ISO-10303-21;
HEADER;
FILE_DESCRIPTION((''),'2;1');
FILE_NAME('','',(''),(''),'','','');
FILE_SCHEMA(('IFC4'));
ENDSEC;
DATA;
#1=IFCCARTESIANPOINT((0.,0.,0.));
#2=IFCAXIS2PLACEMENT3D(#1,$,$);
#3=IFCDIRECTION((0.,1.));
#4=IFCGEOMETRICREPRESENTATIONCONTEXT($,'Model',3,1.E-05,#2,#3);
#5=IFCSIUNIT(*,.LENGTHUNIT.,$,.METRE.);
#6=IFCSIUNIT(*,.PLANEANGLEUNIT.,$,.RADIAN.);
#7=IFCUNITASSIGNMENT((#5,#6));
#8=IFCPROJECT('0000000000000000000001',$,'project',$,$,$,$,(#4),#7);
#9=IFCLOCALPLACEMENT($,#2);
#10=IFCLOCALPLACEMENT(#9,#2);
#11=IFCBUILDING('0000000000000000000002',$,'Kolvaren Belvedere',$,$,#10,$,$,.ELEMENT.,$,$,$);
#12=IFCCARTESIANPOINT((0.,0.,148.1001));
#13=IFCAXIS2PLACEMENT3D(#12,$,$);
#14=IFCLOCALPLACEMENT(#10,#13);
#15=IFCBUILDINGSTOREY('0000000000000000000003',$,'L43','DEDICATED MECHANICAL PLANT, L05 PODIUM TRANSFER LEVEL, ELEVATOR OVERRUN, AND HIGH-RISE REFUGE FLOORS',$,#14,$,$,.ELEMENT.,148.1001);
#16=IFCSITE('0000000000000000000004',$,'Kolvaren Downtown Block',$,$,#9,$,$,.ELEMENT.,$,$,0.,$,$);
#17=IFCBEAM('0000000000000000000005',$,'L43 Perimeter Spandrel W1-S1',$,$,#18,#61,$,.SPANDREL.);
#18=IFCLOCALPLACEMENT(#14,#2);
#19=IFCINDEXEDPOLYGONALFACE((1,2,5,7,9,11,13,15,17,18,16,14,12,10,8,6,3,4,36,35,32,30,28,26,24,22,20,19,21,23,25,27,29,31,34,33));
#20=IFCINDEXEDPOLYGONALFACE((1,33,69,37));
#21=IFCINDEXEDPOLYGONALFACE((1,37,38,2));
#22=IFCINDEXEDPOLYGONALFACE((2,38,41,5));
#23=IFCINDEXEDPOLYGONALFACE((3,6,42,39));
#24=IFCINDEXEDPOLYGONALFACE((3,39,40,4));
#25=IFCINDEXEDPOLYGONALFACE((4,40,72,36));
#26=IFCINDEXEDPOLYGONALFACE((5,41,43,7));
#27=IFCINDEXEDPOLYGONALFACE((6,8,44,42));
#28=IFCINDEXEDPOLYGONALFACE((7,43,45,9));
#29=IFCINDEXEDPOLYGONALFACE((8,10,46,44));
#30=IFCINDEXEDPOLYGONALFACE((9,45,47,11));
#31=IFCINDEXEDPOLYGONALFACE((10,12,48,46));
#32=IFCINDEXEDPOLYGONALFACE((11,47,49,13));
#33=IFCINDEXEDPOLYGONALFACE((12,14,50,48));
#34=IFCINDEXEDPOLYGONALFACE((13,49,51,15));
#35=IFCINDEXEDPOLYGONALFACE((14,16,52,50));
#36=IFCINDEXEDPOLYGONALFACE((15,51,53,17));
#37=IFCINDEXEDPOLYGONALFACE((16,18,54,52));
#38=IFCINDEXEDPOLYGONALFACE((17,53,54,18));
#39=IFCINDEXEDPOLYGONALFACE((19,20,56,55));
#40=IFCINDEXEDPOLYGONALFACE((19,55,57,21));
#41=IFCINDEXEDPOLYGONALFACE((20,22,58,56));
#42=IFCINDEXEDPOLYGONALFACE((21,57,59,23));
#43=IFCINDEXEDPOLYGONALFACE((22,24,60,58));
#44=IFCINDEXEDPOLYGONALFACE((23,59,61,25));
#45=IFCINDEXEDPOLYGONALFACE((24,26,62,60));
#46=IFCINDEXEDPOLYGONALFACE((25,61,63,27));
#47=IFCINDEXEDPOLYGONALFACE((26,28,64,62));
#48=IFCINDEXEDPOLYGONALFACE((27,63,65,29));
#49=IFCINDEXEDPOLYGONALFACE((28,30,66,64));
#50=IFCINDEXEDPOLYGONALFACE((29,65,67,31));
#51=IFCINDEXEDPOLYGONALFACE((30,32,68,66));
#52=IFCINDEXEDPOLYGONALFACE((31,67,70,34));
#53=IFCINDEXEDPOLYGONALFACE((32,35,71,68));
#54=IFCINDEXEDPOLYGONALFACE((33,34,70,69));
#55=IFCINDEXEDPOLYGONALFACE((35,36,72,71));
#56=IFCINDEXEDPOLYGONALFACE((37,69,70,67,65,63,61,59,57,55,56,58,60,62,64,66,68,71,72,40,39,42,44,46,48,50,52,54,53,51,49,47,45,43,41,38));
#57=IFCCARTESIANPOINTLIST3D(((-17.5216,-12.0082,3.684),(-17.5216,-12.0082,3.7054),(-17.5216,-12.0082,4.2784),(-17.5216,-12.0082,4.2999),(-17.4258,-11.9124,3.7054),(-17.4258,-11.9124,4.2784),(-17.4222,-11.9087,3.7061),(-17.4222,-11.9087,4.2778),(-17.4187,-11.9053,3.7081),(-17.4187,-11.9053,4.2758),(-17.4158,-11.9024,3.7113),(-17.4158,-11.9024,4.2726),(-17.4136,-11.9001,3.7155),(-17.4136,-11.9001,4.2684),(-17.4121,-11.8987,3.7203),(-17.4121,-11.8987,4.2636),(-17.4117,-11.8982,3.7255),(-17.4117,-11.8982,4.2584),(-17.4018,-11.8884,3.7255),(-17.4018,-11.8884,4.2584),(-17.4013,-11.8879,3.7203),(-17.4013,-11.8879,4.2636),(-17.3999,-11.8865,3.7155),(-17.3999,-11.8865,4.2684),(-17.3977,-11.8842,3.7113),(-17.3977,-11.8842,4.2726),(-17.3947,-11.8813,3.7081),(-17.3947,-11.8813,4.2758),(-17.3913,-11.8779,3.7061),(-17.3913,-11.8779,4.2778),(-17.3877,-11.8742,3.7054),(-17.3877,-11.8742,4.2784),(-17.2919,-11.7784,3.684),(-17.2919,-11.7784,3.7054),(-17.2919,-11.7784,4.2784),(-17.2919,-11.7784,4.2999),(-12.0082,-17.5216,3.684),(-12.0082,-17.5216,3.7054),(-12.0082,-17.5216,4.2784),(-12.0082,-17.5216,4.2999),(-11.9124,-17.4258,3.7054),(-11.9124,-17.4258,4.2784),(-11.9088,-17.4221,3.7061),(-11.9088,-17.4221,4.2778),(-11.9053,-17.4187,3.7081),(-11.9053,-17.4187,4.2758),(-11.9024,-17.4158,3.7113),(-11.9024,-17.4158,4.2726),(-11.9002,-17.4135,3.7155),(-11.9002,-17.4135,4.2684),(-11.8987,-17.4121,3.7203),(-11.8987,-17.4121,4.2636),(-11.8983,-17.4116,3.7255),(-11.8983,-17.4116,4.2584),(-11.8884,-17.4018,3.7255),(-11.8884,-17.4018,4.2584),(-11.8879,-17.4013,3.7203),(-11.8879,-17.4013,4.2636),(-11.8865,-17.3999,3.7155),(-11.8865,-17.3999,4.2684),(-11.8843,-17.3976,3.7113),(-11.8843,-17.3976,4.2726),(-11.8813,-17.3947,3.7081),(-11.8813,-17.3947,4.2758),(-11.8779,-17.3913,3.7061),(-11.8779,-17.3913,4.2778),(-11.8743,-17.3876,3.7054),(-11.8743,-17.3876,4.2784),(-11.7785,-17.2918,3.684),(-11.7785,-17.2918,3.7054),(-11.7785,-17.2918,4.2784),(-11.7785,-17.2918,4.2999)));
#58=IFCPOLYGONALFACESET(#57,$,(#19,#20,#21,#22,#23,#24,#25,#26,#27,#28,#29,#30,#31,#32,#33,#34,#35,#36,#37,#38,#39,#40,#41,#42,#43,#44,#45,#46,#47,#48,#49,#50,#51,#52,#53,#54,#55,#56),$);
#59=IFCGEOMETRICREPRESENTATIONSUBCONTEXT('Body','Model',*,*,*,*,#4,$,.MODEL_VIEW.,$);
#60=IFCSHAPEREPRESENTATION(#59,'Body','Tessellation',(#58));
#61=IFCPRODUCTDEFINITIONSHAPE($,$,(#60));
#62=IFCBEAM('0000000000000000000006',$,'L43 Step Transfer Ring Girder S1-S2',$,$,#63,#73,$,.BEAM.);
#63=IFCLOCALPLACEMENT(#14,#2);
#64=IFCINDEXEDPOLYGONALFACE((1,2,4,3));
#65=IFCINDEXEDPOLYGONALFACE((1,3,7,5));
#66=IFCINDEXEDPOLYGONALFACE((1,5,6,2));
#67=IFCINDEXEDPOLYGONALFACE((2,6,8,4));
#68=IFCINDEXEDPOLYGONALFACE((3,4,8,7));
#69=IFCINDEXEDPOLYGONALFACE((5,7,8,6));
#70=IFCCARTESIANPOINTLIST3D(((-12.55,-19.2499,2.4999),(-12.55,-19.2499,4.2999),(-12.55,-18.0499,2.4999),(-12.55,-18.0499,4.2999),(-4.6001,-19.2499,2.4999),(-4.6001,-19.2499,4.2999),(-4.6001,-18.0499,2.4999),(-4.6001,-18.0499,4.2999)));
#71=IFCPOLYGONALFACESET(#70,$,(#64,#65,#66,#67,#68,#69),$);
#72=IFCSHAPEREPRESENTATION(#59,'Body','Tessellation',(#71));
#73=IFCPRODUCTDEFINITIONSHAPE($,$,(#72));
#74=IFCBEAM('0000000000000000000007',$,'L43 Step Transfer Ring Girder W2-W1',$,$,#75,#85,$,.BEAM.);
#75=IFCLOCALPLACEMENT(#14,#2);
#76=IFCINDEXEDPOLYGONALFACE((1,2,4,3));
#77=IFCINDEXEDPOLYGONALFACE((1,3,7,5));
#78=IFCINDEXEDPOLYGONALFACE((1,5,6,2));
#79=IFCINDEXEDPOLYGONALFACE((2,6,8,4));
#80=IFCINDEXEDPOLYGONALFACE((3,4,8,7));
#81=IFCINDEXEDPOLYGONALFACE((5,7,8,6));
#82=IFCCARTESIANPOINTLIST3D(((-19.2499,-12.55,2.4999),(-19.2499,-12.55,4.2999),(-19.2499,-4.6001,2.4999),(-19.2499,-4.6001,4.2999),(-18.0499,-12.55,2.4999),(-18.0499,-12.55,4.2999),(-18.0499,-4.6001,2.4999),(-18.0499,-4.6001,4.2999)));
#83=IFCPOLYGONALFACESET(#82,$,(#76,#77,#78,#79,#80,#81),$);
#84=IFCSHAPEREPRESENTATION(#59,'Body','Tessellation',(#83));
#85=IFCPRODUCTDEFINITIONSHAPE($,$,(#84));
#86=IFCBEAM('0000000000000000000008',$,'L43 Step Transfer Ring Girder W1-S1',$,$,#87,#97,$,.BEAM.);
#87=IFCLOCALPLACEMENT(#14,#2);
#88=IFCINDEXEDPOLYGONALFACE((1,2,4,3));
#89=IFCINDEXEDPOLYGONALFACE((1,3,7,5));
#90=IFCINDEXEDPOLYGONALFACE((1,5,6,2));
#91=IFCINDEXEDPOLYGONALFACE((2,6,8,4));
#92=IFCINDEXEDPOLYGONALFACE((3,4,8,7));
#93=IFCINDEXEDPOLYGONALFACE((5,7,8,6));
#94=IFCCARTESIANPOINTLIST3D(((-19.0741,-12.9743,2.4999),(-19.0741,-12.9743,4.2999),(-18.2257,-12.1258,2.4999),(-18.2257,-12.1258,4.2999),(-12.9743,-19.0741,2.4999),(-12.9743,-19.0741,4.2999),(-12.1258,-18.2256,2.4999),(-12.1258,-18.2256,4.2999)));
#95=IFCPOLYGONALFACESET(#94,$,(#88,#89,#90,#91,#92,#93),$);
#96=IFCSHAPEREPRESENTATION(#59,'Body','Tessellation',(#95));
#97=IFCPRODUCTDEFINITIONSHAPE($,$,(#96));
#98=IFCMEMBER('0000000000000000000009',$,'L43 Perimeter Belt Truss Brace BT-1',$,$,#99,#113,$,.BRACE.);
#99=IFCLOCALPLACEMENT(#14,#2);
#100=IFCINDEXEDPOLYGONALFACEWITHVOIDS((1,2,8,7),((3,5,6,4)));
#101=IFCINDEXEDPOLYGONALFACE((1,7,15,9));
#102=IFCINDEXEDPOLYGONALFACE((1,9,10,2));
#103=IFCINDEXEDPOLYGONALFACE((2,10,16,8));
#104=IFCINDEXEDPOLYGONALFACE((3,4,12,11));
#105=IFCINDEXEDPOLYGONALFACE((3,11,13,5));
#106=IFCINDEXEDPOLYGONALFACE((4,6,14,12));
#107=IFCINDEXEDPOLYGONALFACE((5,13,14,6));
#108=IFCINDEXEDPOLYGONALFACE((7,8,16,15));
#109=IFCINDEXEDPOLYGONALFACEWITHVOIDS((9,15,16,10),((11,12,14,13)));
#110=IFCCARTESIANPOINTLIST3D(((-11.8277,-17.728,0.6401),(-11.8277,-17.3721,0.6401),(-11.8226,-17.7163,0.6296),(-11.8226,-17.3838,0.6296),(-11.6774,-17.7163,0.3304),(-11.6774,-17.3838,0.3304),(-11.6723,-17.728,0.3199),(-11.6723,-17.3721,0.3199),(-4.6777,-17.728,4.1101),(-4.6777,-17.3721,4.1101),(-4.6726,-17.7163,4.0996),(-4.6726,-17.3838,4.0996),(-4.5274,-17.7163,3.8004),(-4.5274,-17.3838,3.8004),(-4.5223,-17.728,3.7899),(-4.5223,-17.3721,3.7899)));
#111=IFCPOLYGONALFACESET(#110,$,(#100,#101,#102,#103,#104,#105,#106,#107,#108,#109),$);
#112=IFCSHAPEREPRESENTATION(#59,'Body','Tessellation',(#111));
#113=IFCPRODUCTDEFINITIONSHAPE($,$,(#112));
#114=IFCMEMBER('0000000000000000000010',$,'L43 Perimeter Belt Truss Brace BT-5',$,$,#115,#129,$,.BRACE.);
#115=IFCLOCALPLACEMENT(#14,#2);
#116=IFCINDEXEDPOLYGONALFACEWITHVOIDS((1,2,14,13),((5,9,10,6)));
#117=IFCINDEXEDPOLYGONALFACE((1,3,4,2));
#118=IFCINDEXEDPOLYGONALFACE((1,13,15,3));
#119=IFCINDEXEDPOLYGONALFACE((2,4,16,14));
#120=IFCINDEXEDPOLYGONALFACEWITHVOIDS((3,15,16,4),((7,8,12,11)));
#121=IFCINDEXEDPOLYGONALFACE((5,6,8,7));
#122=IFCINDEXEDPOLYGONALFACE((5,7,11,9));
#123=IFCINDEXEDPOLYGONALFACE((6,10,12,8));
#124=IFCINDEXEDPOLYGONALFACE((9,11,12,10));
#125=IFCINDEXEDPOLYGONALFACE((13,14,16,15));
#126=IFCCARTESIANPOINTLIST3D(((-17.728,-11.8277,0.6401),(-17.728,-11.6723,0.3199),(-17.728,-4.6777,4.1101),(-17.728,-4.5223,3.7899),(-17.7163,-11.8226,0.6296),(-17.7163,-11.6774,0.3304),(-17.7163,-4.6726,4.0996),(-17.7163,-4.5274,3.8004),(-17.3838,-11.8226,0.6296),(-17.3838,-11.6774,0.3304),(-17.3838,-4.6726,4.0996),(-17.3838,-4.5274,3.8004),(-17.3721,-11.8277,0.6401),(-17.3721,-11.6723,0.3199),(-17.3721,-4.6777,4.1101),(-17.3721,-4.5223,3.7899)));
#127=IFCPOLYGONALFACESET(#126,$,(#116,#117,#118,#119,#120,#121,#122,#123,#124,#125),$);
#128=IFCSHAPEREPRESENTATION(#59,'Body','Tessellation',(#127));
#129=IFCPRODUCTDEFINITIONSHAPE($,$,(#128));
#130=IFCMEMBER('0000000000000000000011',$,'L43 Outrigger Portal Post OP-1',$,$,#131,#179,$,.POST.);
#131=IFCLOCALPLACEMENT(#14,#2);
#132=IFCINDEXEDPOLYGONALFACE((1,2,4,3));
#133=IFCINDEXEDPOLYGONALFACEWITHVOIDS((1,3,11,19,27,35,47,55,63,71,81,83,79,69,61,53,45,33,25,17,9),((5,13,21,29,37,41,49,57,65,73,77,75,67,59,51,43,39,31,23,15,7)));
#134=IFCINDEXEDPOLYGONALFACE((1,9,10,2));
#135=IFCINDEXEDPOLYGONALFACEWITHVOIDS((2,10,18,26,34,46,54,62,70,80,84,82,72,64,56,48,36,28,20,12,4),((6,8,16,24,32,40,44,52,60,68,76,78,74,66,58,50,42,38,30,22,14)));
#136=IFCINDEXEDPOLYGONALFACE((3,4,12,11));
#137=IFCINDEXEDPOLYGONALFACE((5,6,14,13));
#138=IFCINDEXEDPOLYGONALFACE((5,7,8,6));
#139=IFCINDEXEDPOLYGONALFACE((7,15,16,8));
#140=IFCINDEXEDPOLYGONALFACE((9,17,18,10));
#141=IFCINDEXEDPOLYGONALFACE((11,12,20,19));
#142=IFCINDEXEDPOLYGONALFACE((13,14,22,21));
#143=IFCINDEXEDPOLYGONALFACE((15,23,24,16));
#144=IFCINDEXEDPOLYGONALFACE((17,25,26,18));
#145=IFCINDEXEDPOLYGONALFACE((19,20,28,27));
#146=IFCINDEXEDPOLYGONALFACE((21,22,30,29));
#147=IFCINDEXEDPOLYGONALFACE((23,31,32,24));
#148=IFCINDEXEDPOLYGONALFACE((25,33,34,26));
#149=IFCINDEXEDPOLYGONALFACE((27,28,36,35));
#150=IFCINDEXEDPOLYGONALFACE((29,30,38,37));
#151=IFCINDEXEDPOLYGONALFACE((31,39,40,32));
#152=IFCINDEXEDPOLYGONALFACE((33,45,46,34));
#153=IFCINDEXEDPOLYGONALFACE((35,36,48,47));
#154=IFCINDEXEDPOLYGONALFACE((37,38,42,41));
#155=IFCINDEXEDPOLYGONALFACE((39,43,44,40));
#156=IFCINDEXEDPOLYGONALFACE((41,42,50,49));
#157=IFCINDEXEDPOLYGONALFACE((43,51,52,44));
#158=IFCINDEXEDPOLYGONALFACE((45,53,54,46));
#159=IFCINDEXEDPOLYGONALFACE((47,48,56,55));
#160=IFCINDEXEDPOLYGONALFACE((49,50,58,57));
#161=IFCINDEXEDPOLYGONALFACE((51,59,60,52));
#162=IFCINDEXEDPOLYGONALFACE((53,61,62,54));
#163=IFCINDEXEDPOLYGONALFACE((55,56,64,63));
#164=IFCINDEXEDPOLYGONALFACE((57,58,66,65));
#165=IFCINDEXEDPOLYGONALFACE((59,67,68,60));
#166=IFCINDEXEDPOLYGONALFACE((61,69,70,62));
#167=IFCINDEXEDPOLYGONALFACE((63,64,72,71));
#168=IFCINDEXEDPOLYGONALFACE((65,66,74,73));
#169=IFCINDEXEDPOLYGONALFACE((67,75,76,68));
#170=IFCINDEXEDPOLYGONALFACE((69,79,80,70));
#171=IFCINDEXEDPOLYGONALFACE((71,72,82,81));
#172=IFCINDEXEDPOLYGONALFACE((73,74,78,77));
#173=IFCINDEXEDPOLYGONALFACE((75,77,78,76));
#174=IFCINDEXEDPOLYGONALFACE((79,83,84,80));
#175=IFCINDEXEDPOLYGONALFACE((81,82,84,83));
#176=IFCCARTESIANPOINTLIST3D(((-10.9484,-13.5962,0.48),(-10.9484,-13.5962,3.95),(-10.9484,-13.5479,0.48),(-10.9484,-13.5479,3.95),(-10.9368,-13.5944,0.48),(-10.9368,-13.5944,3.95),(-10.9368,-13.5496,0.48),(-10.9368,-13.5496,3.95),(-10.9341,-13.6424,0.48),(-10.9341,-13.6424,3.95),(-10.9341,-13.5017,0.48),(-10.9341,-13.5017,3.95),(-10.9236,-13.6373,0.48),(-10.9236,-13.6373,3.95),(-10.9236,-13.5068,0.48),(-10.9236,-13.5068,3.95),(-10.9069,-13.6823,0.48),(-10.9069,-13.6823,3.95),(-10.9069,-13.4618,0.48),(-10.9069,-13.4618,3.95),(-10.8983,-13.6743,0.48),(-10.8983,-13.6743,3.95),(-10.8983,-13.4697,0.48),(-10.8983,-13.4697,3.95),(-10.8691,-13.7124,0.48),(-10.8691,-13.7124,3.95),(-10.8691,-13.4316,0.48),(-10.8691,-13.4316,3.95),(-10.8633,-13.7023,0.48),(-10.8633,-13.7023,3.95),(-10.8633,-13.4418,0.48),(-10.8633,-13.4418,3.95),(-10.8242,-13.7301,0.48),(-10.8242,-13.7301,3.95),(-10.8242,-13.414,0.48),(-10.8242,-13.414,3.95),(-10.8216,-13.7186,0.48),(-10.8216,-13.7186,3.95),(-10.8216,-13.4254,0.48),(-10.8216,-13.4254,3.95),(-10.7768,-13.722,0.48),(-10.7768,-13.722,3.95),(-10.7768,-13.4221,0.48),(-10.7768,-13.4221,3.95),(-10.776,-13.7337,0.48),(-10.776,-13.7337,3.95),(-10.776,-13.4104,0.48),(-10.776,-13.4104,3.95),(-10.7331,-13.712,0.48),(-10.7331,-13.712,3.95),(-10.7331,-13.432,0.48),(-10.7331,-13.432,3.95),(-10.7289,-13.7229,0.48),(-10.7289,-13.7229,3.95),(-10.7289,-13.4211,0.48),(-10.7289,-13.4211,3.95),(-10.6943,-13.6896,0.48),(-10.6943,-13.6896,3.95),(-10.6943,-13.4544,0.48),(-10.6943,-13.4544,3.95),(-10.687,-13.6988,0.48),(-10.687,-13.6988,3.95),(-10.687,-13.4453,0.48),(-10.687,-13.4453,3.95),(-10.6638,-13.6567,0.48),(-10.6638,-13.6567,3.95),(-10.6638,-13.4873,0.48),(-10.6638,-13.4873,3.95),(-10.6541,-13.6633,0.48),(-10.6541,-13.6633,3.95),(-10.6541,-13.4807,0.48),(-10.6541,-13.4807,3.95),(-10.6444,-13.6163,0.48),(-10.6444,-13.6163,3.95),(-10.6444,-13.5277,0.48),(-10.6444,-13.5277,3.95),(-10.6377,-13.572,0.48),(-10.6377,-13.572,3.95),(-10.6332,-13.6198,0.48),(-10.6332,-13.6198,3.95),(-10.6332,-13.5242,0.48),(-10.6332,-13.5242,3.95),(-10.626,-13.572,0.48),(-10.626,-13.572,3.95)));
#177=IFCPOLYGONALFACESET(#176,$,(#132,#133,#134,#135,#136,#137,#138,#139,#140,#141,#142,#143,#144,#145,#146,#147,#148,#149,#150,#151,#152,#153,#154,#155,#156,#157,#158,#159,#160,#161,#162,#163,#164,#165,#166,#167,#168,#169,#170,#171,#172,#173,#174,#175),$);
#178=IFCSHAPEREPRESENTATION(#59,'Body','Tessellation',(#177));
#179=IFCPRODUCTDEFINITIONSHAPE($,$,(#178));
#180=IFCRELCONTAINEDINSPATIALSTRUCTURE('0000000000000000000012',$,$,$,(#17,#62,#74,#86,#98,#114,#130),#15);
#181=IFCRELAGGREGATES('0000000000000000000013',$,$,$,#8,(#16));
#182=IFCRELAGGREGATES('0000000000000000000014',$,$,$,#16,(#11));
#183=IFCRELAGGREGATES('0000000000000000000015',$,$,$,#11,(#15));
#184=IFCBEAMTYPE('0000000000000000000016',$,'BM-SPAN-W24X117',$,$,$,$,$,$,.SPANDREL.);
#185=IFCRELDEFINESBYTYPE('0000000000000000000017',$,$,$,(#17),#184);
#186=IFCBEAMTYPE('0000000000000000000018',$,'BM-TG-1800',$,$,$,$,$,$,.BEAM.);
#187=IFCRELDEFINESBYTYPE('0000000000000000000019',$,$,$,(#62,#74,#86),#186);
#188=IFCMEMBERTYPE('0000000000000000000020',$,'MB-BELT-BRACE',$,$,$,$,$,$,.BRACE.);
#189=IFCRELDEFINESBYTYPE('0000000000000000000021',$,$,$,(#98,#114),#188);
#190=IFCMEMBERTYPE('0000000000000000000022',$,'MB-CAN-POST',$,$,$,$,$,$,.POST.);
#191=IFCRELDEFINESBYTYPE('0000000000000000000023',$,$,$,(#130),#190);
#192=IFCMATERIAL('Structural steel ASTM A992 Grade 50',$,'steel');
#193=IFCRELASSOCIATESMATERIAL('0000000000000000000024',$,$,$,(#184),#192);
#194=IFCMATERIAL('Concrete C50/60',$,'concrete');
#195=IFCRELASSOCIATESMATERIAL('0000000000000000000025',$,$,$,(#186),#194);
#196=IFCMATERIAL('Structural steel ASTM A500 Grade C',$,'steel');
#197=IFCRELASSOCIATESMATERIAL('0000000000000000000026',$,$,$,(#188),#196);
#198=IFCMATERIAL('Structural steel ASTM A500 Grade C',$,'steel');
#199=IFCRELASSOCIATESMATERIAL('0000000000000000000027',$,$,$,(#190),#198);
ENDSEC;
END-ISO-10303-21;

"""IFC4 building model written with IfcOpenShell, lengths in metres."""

from ifc_helpers import new_model, si_unit, direction, frame, origin, origin_2d, place, context, subcontext, project, spatial, rectangle, hollow_rectangle, hollow_circle, i_section, extrude, material, material_profile, profile_set, type_object, element, save


model = new_model("IFC4")

# Units and contexts
model_context = context("Model", 3, precision=1e-05, world=origin(), true_north=direction((0.0, 1.0)))
body_context = subcontext(model_context, "Body", "Model", "MODEL_VIEW")
ifc_project = project(units=[si_unit("LENGTHUNIT", "METRE"), si_unit("PLANEANGLEUNIT", "RADIAN")], contexts=[model_context])

# Site, building, storey
site_placement = place(None, origin())
site = spatial("IfcSite", under=ifc_project, at=site_placement, Name="Kolvaren Downtown Block", CompositionType="ELEMENT", RefElevation=0.0)
building_placement = place(site_placement, origin())
building = spatial("IfcBuilding", under=site, at=building_placement, Name="Kolvaren Belvedere", CompositionType="ELEMENT")
storey_placement = place(building_placement, frame((0.0, 0.0, 148.1001)))
storey = spatial("IfcBuildingStorey", under=building, at=storey_placement, Name="L43", Description="DEDICATED MECHANICAL PLANT, L05 PODIUM TRANSFER LEVEL, ELEVATOR OVERRUN, AND HIGH-RISE REFUGE FLOORS", CompositionType="ELEMENT", Elevation=148.1001)

# Beams
ifc_material_1 = material(Name="Structural steel ASTM A992 Grade 50", Category="steel")
ifc_material_profile_1 = material_profile(ifc_material_1, i_section(OverallWidth=0.325, OverallDepth=0.616, WebThickness=0.0139, FlangeThickness=0.0215, FilletRadius=0.02, at=origin_2d()), Name="W24X117")
ifc_profile_set_1 = profile_set([ifc_material_profile_1], Name="Structural steel ASTM A992 Grade 50")
beam_type_1 = type_object("IfcBeamType", Name="BM-SPAN-W24X117", PredefinedType="SPANDREL", material=ifc_profile_set_1)
beam_1_placement = place(storey_placement, frame((-17.4067, -11.8933, 3.9919), z_axis=(0.707107, -0.707107, 0.0), x_axis=(0.707107, 0.707107, 0.0)))
element("IfcBeam", 1, at=beam_1_placement, inside=storey, type_object=beam_type_1, Name="L43 Perimeter Spandrel W1-S1", PredefinedType="SPANDREL", context=body_context, shape_type="SweptSolid", body=[
    extrude(i_section(OverallWidth=0.325, OverallDepth=0.616, WebThickness=0.0139, FlangeThickness=0.0215, FilletRadius=0.02, at=origin_2d()), origin(), (0.0, 0.0, 1.0), 7.7971),
])
ifc_material_2 = material(Name="Concrete C50/60", Category="concrete")
ifc_material_profile_2 = material_profile(ifc_material_2, rectangle(XDim=1.2, YDim=1.8, at=origin_2d()), Name="RC 1200X1800")
ifc_profile_set_2 = profile_set([ifc_material_profile_2], Name="Concrete C50/60")
beam_type_2 = type_object("IfcBeamType", Name="BM-TG-1800", PredefinedType="BEAM", material=ifc_profile_set_2)
for number, where, z_axis, x_axis, name in (
    (2, (-12.55, -18.6499, 3.3999), (1.0, 0.0, 0.0), (0.0, 1.0, 0.0), "L43 Step Transfer Ring Girder S1-S2"),
    (3, (-18.6499, -4.6001, 3.3999), (0.0, -1.0, 0.0), (1.0, 0.0, 0.0), "L43 Step Transfer Ring Girder W2-W1"),
):
    element("IfcBeam", number, at=place(storey_placement, frame(where, z_axis=z_axis, x_axis=x_axis)), inside=storey, type_object=beam_type_2, Name=name, PredefinedType="BEAM", context=body_context, shape_type="SweptSolid", body=[
        extrude(rectangle(XDim=1.2, YDim=1.8, at=origin_2d()), origin(), (0.0, 0.0, 1.0), 7.95),
    ])
beam_2_placement = place(storey_placement, frame((-18.6499, -12.55, 3.3999), z_axis=(0.707107, -0.707107, 0.0), x_axis=(0.707107, 0.707107, 0.0)))
element("IfcBeam", 4, at=beam_2_placement, inside=storey, type_object=beam_type_2, Name="L43 Step Transfer Ring Girder W1-S1", PredefinedType="BEAM", context=body_context, shape_type="SweptSolid", body=[
    extrude(rectangle(XDim=1.2, YDim=1.8, at=origin_2d()), origin(), (0.0, 0.0, 1.0), 8.6265),
])

# Members
ifc_material_3 = material(Name="Structural steel ASTM A500 Grade C", Category="steel")
ifc_material_profile_3 = material_profile(ifc_material_3, hollow_rectangle(XDim=0.356, YDim=0.356, WallThickness=0.0117, at=origin_2d()), Name="HSS14X14X1/2")
ifc_profile_set_3 = profile_set([ifc_material_profile_3], Name="Structural steel ASTM A500 Grade C")
member_type_1 = type_object("IfcMemberType", Name="MB-BELT-BRACE", PredefinedType="BRACE", material=ifc_profile_set_3)
for number, where, z_axis, x_axis, name in (
    (5, (-11.75, -17.55, 0.48), (0.899649, 0.0, 0.436615), (0.0, 1.0, 0.0), "L43 Perimeter Belt Truss Brace BT-1"),
    (6, (-17.55, -11.75, 0.48), (0.0, 0.899649, 0.436615), (-1.0, 0.0, 0.0), "L43 Perimeter Belt Truss Brace BT-5"),
):
    element("IfcMember", number, at=place(storey_placement, frame(where, z_axis=z_axis, x_axis=x_axis)), inside=storey, type_object=member_type_1, Name=name, PredefinedType="BRACE", context=body_context, shape_type="SweptSolid", body=[
        extrude(hollow_rectangle(XDim=0.356, YDim=0.356, WallThickness=0.0117, at=origin_2d()), origin(), (0.0, 0.0, 1.0), 7.9475),
    ])
ifc_material_4 = material(Name="Structural steel ASTM A500 Grade C", Category="steel")
ifc_material_profile_4 = material_profile(ifc_material_4, hollow_circle(Radius=0.1621, WallThickness=0.0117, at=origin_2d()), Name="HSS12.750X0.500")
ifc_profile_set_4 = profile_set([ifc_material_profile_4], Name="Structural steel ASTM A500 Grade C")
member_type_2 = type_object("IfcMemberType", Name="MB-CAN-POST", PredefinedType="POST", material=ifc_profile_set_4)
for number, where, z_axis, x_axis, name in (
    (7, (-10.7881, -13.572, 0.48), (0.0, 0.0, 1.0), (1.0, 0.0, 0.0), "L43 Outrigger Portal Post OP-1"),
):
    element("IfcMember", number, at=place(storey_placement, frame(where, z_axis=z_axis, x_axis=x_axis)), inside=storey, type_object=member_type_2, Name=name, PredefinedType="POST", context=body_context, shape_type="SweptSolid", body=[
        extrude(hollow_circle(Radius=0.1621, WallThickness=0.0117, at=origin_2d()), origin(), (0.0, 0.0, 1.0), 3.47),
    ])

save(model, "model.ifc")
